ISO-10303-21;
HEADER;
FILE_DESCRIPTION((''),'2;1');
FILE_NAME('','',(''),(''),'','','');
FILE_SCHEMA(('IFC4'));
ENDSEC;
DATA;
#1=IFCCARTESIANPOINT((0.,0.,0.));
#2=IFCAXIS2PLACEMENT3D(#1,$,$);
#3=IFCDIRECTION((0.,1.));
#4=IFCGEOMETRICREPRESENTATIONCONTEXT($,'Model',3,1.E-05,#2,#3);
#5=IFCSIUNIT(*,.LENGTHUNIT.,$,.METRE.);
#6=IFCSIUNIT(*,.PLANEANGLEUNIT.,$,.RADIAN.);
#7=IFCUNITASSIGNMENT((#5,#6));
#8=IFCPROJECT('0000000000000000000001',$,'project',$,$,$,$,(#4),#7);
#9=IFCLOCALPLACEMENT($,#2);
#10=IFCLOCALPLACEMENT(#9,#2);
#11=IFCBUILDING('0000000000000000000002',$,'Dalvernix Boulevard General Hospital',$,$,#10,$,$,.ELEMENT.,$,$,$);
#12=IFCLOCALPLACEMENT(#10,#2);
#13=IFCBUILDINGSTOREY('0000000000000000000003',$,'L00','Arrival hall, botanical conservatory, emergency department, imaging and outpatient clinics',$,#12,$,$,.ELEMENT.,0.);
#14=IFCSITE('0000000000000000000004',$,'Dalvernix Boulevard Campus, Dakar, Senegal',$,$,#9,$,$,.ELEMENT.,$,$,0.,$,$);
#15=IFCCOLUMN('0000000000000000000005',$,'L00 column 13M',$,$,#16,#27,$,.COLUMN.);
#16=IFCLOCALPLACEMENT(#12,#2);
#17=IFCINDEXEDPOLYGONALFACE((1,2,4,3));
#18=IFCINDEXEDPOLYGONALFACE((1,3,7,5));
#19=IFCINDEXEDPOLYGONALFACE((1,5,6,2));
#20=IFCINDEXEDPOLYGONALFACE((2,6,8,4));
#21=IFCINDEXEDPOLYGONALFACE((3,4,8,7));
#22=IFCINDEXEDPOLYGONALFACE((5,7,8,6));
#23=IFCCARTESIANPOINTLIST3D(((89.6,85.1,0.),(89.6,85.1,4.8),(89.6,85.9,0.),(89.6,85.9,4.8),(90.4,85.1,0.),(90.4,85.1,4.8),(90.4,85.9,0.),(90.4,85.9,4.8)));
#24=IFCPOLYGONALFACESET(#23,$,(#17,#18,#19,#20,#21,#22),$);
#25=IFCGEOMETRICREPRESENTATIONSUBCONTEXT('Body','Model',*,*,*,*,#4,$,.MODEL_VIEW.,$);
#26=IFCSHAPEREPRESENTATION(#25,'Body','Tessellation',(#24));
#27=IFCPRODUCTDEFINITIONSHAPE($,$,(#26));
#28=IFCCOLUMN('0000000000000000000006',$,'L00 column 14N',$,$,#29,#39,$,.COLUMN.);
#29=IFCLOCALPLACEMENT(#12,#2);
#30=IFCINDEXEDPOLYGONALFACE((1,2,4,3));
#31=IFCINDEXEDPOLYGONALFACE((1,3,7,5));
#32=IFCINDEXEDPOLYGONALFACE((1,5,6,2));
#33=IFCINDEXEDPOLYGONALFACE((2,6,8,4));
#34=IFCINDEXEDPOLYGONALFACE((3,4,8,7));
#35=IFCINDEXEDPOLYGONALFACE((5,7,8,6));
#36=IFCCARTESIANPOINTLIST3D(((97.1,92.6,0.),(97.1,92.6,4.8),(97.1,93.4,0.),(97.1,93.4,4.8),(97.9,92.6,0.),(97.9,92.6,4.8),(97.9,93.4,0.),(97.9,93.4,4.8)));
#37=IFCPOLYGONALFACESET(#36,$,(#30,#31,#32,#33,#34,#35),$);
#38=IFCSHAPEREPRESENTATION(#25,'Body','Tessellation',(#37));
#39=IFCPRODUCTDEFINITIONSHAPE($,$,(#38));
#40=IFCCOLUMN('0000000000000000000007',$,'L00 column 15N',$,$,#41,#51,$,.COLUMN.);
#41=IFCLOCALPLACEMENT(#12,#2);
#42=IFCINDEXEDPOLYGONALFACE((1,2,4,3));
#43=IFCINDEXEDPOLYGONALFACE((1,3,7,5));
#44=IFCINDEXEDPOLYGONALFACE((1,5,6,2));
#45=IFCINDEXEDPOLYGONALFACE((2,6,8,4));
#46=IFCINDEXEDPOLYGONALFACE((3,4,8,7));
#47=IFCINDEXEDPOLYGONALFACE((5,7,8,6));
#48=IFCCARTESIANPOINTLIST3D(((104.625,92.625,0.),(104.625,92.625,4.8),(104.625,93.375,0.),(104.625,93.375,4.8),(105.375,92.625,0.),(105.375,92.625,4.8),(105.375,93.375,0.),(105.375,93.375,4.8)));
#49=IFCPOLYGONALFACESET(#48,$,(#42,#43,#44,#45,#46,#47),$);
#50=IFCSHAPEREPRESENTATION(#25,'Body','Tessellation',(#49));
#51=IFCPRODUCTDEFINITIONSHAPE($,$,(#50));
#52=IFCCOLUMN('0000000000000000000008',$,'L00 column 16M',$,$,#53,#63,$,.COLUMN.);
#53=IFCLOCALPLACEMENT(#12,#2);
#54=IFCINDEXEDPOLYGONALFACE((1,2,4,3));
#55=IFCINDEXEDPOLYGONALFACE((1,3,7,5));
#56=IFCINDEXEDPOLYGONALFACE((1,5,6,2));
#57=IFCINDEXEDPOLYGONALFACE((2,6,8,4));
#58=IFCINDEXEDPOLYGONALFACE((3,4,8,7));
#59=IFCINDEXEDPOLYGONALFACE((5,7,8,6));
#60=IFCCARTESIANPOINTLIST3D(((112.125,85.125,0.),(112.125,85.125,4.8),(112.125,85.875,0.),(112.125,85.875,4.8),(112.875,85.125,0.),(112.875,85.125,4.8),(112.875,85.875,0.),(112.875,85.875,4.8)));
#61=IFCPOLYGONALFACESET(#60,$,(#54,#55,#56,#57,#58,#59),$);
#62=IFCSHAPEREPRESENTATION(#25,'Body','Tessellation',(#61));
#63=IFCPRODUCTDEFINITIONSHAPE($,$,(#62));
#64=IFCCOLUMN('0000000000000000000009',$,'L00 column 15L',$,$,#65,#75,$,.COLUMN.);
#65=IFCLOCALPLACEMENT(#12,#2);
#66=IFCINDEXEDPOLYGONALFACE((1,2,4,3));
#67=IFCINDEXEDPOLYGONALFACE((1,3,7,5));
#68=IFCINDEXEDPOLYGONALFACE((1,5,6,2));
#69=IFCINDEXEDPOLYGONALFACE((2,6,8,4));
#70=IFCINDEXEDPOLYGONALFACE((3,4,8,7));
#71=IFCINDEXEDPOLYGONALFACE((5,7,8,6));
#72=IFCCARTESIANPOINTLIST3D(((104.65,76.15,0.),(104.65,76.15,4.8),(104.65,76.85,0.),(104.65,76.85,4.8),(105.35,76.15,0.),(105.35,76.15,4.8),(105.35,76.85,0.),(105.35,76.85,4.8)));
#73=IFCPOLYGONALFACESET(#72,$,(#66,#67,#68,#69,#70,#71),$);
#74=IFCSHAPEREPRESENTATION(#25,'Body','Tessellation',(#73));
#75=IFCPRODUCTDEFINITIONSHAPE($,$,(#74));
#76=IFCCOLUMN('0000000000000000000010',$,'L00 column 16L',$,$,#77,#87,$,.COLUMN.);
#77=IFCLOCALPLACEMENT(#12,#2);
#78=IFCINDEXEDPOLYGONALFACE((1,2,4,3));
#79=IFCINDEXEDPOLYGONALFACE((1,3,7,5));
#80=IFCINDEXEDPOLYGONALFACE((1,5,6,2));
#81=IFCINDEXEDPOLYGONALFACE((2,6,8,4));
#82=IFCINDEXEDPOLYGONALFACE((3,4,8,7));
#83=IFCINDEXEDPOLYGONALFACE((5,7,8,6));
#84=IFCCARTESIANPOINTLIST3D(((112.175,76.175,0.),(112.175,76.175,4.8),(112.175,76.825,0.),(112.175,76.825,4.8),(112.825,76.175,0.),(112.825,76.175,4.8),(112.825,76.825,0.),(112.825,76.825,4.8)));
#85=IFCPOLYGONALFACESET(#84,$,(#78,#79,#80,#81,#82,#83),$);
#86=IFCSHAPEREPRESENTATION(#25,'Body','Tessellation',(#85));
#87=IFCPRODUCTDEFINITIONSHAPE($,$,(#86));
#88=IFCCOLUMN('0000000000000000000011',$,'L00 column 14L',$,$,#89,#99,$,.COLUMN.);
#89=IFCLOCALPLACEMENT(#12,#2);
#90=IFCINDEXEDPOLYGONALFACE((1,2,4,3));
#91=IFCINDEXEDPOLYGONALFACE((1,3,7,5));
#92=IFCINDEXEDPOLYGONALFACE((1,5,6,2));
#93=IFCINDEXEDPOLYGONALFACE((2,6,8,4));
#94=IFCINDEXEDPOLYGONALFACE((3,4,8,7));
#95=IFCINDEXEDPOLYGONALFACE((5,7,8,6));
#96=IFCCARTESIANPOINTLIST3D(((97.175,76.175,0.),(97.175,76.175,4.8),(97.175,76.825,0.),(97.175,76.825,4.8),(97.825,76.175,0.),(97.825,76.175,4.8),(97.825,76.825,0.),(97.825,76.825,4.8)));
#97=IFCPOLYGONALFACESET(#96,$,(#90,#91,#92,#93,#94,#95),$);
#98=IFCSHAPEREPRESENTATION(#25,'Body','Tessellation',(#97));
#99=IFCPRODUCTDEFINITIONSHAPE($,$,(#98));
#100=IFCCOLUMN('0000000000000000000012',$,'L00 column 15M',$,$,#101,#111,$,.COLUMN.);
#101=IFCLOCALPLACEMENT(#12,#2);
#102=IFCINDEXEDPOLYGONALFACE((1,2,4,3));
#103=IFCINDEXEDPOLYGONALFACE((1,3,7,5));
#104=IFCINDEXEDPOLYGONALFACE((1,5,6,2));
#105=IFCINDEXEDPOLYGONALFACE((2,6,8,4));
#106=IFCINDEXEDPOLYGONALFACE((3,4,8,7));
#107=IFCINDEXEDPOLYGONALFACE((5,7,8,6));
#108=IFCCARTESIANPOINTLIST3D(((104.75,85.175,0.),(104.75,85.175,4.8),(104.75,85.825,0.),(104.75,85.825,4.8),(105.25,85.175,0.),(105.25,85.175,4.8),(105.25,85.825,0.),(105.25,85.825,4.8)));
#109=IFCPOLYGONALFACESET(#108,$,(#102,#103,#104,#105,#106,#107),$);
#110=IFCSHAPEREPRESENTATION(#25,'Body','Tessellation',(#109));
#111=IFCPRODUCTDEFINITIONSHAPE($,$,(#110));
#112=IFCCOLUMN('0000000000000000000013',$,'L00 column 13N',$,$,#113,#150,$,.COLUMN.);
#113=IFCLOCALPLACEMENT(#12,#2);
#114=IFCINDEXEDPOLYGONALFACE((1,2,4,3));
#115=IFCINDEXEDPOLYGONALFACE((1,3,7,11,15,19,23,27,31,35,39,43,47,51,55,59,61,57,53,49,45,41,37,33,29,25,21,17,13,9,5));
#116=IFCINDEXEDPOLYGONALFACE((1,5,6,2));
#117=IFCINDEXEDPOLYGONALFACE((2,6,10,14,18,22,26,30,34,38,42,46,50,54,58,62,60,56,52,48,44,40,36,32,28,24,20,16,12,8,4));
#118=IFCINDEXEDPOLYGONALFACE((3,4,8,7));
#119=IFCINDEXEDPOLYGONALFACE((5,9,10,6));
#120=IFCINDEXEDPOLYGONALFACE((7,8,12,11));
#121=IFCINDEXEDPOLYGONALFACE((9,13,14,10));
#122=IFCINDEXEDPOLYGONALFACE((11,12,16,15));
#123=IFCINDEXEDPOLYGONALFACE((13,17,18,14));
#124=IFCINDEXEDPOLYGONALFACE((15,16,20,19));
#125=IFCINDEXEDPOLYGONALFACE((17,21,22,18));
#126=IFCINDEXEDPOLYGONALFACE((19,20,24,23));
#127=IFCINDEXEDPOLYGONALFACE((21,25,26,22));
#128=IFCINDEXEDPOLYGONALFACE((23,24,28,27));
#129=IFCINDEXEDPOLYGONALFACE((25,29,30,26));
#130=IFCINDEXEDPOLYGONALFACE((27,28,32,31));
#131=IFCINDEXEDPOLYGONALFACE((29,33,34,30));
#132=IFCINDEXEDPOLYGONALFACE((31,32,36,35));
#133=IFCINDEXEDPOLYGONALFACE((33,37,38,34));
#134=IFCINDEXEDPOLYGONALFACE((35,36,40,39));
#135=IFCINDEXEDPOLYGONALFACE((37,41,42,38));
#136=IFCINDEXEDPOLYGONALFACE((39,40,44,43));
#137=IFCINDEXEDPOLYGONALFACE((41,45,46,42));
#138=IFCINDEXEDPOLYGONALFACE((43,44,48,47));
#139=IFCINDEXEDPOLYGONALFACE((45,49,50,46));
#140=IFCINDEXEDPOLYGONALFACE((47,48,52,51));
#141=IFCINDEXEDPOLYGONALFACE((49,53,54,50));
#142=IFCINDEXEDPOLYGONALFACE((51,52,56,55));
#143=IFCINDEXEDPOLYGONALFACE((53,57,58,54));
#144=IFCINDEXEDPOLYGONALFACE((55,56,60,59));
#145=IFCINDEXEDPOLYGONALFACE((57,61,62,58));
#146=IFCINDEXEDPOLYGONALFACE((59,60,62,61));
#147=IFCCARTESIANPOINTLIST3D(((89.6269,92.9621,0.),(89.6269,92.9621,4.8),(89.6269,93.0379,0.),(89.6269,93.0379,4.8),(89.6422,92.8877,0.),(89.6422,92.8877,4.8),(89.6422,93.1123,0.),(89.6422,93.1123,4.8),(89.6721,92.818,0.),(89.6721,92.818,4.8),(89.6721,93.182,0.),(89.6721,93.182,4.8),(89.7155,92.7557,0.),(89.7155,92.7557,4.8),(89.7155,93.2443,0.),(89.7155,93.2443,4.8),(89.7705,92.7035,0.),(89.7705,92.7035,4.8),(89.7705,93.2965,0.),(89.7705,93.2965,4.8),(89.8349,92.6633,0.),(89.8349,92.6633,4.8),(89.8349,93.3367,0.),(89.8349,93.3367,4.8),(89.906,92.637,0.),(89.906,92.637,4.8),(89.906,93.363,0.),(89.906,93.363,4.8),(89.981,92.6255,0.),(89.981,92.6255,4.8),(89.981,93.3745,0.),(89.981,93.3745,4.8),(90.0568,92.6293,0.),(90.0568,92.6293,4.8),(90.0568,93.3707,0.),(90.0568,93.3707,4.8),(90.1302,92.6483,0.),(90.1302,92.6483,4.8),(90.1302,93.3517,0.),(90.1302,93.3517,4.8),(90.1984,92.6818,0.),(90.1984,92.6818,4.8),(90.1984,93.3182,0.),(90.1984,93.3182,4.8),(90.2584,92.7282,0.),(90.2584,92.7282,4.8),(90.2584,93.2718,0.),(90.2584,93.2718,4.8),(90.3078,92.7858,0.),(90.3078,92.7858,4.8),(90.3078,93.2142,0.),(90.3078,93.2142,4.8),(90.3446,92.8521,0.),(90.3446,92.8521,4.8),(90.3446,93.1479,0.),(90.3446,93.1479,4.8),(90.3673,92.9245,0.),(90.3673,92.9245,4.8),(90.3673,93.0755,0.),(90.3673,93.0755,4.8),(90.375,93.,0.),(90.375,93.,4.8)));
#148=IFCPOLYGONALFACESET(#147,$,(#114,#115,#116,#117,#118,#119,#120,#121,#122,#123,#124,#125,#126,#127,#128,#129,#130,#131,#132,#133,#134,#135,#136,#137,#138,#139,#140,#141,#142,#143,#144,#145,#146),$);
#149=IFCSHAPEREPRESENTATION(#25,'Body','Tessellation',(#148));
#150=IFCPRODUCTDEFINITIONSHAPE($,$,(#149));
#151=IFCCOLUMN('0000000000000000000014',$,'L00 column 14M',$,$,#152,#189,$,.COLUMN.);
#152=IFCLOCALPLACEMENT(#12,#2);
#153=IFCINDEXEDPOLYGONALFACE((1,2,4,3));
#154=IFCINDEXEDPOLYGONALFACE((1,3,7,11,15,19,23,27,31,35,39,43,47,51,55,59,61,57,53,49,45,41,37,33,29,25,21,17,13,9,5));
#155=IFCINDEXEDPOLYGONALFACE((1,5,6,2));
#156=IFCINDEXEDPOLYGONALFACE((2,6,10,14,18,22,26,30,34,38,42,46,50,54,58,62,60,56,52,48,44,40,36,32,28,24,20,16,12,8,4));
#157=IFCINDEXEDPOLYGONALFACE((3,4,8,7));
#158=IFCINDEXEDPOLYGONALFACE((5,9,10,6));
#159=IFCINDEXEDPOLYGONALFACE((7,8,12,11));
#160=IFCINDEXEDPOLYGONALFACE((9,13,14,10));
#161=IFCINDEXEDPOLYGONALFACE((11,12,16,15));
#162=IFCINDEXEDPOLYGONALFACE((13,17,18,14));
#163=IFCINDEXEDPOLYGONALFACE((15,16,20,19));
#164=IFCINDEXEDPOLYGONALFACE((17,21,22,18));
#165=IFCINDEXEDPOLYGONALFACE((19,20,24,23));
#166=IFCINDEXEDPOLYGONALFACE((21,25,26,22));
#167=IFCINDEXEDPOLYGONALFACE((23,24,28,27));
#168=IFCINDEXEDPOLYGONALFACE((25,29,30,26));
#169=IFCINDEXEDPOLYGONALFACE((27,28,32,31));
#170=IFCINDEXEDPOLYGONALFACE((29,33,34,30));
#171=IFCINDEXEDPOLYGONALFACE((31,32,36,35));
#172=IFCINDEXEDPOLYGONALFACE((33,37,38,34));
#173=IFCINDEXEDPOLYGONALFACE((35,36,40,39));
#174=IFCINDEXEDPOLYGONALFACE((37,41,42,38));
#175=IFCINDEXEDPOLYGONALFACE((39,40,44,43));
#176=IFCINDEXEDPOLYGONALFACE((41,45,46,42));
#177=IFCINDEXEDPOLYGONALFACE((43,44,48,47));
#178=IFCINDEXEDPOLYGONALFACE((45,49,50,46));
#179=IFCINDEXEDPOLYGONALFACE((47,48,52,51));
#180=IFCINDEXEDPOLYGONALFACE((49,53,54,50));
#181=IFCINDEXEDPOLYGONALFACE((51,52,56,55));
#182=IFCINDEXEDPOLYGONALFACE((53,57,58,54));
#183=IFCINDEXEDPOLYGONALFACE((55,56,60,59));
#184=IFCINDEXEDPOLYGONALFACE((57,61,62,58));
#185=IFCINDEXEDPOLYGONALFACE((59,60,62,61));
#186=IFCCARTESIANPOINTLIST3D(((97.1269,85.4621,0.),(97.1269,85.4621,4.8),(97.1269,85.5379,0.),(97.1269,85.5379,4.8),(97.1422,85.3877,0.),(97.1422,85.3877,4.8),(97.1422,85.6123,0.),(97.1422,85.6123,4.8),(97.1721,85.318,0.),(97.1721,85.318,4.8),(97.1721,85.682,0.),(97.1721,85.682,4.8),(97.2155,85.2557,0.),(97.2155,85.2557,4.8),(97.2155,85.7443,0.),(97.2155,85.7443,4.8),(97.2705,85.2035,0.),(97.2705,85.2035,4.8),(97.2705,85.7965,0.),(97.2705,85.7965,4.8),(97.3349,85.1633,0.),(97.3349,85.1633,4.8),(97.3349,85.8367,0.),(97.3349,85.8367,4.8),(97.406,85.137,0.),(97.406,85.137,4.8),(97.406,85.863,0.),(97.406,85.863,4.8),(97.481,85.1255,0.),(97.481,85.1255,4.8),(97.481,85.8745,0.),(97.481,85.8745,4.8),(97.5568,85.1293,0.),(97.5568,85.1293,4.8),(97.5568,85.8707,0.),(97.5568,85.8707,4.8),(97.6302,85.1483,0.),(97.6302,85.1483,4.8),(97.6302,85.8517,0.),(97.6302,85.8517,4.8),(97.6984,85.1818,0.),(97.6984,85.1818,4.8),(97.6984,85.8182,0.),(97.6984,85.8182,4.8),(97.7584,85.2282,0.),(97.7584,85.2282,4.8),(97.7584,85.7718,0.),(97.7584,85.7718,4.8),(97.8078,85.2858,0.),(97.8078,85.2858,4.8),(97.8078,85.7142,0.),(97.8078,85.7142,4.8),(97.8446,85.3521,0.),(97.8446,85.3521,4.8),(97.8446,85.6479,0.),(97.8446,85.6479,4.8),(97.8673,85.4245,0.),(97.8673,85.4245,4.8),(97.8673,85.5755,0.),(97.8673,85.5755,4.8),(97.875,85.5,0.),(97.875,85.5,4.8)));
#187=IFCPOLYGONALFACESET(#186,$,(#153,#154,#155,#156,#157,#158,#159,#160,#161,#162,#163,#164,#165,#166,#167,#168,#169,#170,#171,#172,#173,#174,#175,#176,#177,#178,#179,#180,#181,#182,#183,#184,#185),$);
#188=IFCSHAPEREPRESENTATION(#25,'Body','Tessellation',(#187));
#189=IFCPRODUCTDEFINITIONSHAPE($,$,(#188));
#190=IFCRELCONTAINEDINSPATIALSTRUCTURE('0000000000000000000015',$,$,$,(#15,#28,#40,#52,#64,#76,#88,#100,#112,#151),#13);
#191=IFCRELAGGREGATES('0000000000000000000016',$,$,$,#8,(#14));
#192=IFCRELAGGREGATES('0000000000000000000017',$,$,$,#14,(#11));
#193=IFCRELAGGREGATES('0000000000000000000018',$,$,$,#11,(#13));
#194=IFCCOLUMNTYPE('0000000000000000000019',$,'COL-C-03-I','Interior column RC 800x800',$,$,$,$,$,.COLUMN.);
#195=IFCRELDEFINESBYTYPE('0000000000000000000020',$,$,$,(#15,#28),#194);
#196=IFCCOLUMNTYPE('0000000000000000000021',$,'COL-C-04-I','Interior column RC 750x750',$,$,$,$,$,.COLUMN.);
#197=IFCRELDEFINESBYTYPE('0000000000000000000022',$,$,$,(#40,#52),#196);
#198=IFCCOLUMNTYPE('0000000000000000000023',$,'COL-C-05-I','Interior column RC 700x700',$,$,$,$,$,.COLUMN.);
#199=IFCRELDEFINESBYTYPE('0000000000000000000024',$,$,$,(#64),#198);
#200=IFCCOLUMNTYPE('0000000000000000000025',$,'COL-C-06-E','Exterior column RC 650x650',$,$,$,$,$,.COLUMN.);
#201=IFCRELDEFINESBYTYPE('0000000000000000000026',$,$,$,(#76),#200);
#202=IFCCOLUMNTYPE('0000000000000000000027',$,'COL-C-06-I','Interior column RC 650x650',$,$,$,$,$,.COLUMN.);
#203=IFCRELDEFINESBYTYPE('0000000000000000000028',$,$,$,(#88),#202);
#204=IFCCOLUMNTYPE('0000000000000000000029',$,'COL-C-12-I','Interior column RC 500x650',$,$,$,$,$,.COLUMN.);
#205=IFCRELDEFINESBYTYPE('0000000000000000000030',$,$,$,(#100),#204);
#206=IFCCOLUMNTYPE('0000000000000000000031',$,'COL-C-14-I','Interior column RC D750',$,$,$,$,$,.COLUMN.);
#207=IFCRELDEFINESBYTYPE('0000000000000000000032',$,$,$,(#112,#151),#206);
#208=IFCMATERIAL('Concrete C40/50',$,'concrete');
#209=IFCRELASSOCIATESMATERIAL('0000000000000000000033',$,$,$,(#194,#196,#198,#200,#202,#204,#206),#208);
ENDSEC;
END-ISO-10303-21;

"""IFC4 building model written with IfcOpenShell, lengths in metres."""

from ifc_helpers import new_model, si_unit, direction, frame, origin, origin_2d, place, context, subcontext, project, spatial, rectangle, circle, extrude, material, material_profile, profile_set, type_object, element, save


model = new_model("IFC4")

# Units and contexts
model_context = context("Model", 3, precision=1e-05, world=origin(), true_north=direction((0.0, 1.0)))
body_context = subcontext(model_context, "Body", "Model", "MODEL_VIEW")
ifc_project = project(units=[si_unit("LENGTHUNIT", "METRE"), si_unit("PLANEANGLEUNIT", "RADIAN")], contexts=[model_context])

# Site, building, storey
site_placement = place(None, origin())
site = spatial("IfcSite", under=ifc_project, at=site_placement, Name="Dalvernix Boulevard Campus, Dakar, Senegal", CompositionType="ELEMENT", RefElevation=0.0)
building_placement = place(site_placement, origin())
building = spatial("IfcBuilding", under=site, at=building_placement, Name="Dalvernix Boulevard General Hospital", CompositionType="ELEMENT")
storey_placement = place(building_placement, origin())
storey = spatial("IfcBuildingStorey", under=building, at=storey_placement, Name="L00", Description="Arrival hall, botanical conservatory, emergency department, imaging and outpatient clinics", CompositionType="ELEMENT", Elevation=0.0)

# Columns
ifc_material_1 = material(Name="Concrete C40/50", Category="concrete")
ifc_material_profile_1 = material_profile(ifc_material_1, rectangle(XDim=0.8, YDim=0.8, at=origin_2d()), Name="RC 800x800")
ifc_profile_set_1 = profile_set([ifc_material_profile_1], Name="Concrete C40/50")
column_type_1 = type_object("IfcColumnType", Name="COL-C-03-I", Description="Interior column RC 800x800", PredefinedType="COLUMN", material=ifc_profile_set_1)
for number, where, z_axis, x_axis, name in (
    (1, (90.0, 85.5, 0.0), (0.0, 0.0, 1.0), (1.0, 0.0, 0.0), "L00 column 13M"),
    (2, (97.5, 93.0, 0.0), (0.0, 0.0, 1.0), (1.0, 0.0, 0.0), "L00 column 14N"),
):
    element("IfcColumn", number, at=place(storey_placement, frame(where, z_axis=z_axis, x_axis=x_axis)), inside=storey, type_object=column_type_1, Name=name, PredefinedType="COLUMN", context=body_context, shape_type="SweptSolid", body=[
        extrude(rectangle(XDim=0.8, YDim=0.8, at=origin_2d()), origin(), (0.0, 0.0, 1.0), 4.8),
    ])
ifc_material_profile_2 = material_profile(ifc_material_1, rectangle(XDim=0.75, YDim=0.75, at=origin_2d()), Name="RC 750x750")
ifc_profile_set_2 = profile_set([ifc_material_profile_2], Name="Concrete C40/50")
column_type_2 = type_object("IfcColumnType", Name="COL-C-04-I", Description="Interior column RC 750x750", PredefinedType="COLUMN", material=ifc_profile_set_2)
for number, where, z_axis, x_axis, name in (
    (3, (105.0, 93.0, 0.0), (0.0, 0.0, 1.0), (1.0, 0.0, 0.0), "L00 column 15N"),
    (4, (112.5, 85.5, 0.0), (0.0, 0.0, 1.0), (1.0, 0.0, 0.0), "L00 column 16M"),
):
    element("IfcColumn", number, at=place(storey_placement, frame(where, z_axis=z_axis, x_axis=x_axis)), inside=storey, type_object=column_type_2, Name=name, PredefinedType="COLUMN", context=body_context, shape_type="SweptSolid", body=[
        extrude(rectangle(XDim=0.75, YDim=0.75, at=origin_2d()), origin(), (0.0, 0.0, 1.0), 4.8),
    ])
ifc_material_profile_3 = material_profile(ifc_material_1, rectangle(XDim=0.7, YDim=0.7, at=origin_2d()), Name="RC 700x700")
ifc_profile_set_3 = profile_set([ifc_material_profile_3], Name="Concrete C40/50")
column_type_3 = type_object("IfcColumnType", Name="COL-C-05-I", Description="Interior column RC 700x700", PredefinedType="COLUMN", material=ifc_profile_set_3)
column_1_placement = place(storey_placement, frame((105.0, 76.5, 0.0), z_axis=(0.0, 0.0, 1.0), x_axis=(1.0, 0.0, 0.0)))
element("IfcColumn", 5, at=column_1_placement, inside=storey, type_object=column_type_3, Name="L00 column 15L", PredefinedType="COLUMN", context=body_context, shape_type="SweptSolid", body=[
    extrude(rectangle(XDim=0.7, YDim=0.7, at=origin_2d()), origin(), (0.0, 0.0, 1.0), 4.8),
])
ifc_material_profile_4 = material_profile(ifc_material_1, rectangle(XDim=0.6499, YDim=0.6499, at=origin_2d()), Name="RC 650x650")
ifc_profile_set_4 = profile_set([ifc_material_profile_4], Name="Concrete C40/50")
column_type_4 = type_object("IfcColumnType", Name="COL-C-06-E", Description="Exterior column RC 650x650", PredefinedType="COLUMN", material=ifc_profile_set_4)
column_2_placement = place(storey_placement, frame((112.5, 76.5, 0.0), z_axis=(0.0, 0.0, 1.0), x_axis=(1.0, 0.0, 0.0)))
element("IfcColumn", 6, at=column_2_placement, inside=storey, type_object=column_type_4, Name="L00 column 16L", PredefinedType="COLUMN", context=body_context, shape_type="SweptSolid", body=[
    extrude(rectangle(XDim=0.6499, YDim=0.6499, at=origin_2d()), origin(), (0.0, 0.0, 1.0), 4.8),
])
ifc_material_profile_5 = material_profile(ifc_material_1, rectangle(XDim=0.6499, YDim=0.6499, at=origin_2d()), Name="RC 650x650")
ifc_profile_set_5 = profile_set([ifc_material_profile_5], Name="Concrete C40/50")
column_type_5 = type_object("IfcColumnType", Name="COL-C-06-I", Description="Interior column RC 650x650", PredefinedType="COLUMN", material=ifc_profile_set_5)
column_3_placement = place(storey_placement, frame((97.5, 76.5, 0.0), z_axis=(0.0, 0.0, 1.0), x_axis=(1.0, 0.0, 0.0)))
element("IfcColumn", 7, at=column_3_placement, inside=storey, type_object=column_type_5, Name="L00 column 14L", PredefinedType="COLUMN", context=body_context, shape_type="SweptSolid", body=[
    extrude(rectangle(XDim=0.6499, YDim=0.6499, at=origin_2d()), origin(), (0.0, 0.0, 1.0), 4.8),
])
ifc_material_profile_6 = material_profile(ifc_material_1, rectangle(XDim=0.5, YDim=0.6499, at=origin_2d()), Name="RC 500x650")
ifc_profile_set_6 = profile_set([ifc_material_profile_6], Name="Concrete C40/50")
column_type_6 = type_object("IfcColumnType", Name="COL-C-12-I", Description="Interior column RC 500x650", PredefinedType="COLUMN", material=ifc_profile_set_6)
column_4_placement = place(storey_placement, frame((105.0, 85.5, 0.0), z_axis=(0.0, 0.0, 1.0), x_axis=(1.0, 0.0, 0.0)))
element("IfcColumn", 8, at=column_4_placement, inside=storey, type_object=column_type_6, Name="L00 column 15M", PredefinedType="COLUMN", context=body_context, shape_type="SweptSolid", body=[
    extrude(rectangle(XDim=0.5, YDim=0.6499, at=origin_2d()), origin(), (0.0, 0.0, 1.0), 4.8),
])
ifc_material_profile_7 = material_profile(ifc_material_1, circle(Radius=0.375, at=origin_2d()), Name="RC D750")
ifc_profile_set_7 = profile_set([ifc_material_profile_7], Name="Concrete C40/50")
column_type_7 = type_object("IfcColumnType", Name="COL-C-14-I", Description="Interior column RC D750", PredefinedType="COLUMN", material=ifc_profile_set_7)
for number, where, z_axis, x_axis, name in (
    (9, (90.0, 93.0, 0.0), (0.0, 0.0, 1.0), (1.0, 0.0, 0.0), "L00 column 13N"),
    (10, (97.5, 85.5, 0.0), (0.0, 0.0, 1.0), (1.0, 0.0, 0.0), "L00 column 14M"),
):
    element("IfcColumn", number, at=place(storey_placement, frame(where, z_axis=z_axis, x_axis=x_axis)), inside=storey, type_object=column_type_7, Name=name, PredefinedType="COLUMN", context=body_context, shape_type="SweptSolid", body=[
        extrude(circle(Radius=0.375, at=origin_2d()), origin(), (0.0, 0.0, 1.0), 4.8),
    ])

save(model, "model.ifc")
